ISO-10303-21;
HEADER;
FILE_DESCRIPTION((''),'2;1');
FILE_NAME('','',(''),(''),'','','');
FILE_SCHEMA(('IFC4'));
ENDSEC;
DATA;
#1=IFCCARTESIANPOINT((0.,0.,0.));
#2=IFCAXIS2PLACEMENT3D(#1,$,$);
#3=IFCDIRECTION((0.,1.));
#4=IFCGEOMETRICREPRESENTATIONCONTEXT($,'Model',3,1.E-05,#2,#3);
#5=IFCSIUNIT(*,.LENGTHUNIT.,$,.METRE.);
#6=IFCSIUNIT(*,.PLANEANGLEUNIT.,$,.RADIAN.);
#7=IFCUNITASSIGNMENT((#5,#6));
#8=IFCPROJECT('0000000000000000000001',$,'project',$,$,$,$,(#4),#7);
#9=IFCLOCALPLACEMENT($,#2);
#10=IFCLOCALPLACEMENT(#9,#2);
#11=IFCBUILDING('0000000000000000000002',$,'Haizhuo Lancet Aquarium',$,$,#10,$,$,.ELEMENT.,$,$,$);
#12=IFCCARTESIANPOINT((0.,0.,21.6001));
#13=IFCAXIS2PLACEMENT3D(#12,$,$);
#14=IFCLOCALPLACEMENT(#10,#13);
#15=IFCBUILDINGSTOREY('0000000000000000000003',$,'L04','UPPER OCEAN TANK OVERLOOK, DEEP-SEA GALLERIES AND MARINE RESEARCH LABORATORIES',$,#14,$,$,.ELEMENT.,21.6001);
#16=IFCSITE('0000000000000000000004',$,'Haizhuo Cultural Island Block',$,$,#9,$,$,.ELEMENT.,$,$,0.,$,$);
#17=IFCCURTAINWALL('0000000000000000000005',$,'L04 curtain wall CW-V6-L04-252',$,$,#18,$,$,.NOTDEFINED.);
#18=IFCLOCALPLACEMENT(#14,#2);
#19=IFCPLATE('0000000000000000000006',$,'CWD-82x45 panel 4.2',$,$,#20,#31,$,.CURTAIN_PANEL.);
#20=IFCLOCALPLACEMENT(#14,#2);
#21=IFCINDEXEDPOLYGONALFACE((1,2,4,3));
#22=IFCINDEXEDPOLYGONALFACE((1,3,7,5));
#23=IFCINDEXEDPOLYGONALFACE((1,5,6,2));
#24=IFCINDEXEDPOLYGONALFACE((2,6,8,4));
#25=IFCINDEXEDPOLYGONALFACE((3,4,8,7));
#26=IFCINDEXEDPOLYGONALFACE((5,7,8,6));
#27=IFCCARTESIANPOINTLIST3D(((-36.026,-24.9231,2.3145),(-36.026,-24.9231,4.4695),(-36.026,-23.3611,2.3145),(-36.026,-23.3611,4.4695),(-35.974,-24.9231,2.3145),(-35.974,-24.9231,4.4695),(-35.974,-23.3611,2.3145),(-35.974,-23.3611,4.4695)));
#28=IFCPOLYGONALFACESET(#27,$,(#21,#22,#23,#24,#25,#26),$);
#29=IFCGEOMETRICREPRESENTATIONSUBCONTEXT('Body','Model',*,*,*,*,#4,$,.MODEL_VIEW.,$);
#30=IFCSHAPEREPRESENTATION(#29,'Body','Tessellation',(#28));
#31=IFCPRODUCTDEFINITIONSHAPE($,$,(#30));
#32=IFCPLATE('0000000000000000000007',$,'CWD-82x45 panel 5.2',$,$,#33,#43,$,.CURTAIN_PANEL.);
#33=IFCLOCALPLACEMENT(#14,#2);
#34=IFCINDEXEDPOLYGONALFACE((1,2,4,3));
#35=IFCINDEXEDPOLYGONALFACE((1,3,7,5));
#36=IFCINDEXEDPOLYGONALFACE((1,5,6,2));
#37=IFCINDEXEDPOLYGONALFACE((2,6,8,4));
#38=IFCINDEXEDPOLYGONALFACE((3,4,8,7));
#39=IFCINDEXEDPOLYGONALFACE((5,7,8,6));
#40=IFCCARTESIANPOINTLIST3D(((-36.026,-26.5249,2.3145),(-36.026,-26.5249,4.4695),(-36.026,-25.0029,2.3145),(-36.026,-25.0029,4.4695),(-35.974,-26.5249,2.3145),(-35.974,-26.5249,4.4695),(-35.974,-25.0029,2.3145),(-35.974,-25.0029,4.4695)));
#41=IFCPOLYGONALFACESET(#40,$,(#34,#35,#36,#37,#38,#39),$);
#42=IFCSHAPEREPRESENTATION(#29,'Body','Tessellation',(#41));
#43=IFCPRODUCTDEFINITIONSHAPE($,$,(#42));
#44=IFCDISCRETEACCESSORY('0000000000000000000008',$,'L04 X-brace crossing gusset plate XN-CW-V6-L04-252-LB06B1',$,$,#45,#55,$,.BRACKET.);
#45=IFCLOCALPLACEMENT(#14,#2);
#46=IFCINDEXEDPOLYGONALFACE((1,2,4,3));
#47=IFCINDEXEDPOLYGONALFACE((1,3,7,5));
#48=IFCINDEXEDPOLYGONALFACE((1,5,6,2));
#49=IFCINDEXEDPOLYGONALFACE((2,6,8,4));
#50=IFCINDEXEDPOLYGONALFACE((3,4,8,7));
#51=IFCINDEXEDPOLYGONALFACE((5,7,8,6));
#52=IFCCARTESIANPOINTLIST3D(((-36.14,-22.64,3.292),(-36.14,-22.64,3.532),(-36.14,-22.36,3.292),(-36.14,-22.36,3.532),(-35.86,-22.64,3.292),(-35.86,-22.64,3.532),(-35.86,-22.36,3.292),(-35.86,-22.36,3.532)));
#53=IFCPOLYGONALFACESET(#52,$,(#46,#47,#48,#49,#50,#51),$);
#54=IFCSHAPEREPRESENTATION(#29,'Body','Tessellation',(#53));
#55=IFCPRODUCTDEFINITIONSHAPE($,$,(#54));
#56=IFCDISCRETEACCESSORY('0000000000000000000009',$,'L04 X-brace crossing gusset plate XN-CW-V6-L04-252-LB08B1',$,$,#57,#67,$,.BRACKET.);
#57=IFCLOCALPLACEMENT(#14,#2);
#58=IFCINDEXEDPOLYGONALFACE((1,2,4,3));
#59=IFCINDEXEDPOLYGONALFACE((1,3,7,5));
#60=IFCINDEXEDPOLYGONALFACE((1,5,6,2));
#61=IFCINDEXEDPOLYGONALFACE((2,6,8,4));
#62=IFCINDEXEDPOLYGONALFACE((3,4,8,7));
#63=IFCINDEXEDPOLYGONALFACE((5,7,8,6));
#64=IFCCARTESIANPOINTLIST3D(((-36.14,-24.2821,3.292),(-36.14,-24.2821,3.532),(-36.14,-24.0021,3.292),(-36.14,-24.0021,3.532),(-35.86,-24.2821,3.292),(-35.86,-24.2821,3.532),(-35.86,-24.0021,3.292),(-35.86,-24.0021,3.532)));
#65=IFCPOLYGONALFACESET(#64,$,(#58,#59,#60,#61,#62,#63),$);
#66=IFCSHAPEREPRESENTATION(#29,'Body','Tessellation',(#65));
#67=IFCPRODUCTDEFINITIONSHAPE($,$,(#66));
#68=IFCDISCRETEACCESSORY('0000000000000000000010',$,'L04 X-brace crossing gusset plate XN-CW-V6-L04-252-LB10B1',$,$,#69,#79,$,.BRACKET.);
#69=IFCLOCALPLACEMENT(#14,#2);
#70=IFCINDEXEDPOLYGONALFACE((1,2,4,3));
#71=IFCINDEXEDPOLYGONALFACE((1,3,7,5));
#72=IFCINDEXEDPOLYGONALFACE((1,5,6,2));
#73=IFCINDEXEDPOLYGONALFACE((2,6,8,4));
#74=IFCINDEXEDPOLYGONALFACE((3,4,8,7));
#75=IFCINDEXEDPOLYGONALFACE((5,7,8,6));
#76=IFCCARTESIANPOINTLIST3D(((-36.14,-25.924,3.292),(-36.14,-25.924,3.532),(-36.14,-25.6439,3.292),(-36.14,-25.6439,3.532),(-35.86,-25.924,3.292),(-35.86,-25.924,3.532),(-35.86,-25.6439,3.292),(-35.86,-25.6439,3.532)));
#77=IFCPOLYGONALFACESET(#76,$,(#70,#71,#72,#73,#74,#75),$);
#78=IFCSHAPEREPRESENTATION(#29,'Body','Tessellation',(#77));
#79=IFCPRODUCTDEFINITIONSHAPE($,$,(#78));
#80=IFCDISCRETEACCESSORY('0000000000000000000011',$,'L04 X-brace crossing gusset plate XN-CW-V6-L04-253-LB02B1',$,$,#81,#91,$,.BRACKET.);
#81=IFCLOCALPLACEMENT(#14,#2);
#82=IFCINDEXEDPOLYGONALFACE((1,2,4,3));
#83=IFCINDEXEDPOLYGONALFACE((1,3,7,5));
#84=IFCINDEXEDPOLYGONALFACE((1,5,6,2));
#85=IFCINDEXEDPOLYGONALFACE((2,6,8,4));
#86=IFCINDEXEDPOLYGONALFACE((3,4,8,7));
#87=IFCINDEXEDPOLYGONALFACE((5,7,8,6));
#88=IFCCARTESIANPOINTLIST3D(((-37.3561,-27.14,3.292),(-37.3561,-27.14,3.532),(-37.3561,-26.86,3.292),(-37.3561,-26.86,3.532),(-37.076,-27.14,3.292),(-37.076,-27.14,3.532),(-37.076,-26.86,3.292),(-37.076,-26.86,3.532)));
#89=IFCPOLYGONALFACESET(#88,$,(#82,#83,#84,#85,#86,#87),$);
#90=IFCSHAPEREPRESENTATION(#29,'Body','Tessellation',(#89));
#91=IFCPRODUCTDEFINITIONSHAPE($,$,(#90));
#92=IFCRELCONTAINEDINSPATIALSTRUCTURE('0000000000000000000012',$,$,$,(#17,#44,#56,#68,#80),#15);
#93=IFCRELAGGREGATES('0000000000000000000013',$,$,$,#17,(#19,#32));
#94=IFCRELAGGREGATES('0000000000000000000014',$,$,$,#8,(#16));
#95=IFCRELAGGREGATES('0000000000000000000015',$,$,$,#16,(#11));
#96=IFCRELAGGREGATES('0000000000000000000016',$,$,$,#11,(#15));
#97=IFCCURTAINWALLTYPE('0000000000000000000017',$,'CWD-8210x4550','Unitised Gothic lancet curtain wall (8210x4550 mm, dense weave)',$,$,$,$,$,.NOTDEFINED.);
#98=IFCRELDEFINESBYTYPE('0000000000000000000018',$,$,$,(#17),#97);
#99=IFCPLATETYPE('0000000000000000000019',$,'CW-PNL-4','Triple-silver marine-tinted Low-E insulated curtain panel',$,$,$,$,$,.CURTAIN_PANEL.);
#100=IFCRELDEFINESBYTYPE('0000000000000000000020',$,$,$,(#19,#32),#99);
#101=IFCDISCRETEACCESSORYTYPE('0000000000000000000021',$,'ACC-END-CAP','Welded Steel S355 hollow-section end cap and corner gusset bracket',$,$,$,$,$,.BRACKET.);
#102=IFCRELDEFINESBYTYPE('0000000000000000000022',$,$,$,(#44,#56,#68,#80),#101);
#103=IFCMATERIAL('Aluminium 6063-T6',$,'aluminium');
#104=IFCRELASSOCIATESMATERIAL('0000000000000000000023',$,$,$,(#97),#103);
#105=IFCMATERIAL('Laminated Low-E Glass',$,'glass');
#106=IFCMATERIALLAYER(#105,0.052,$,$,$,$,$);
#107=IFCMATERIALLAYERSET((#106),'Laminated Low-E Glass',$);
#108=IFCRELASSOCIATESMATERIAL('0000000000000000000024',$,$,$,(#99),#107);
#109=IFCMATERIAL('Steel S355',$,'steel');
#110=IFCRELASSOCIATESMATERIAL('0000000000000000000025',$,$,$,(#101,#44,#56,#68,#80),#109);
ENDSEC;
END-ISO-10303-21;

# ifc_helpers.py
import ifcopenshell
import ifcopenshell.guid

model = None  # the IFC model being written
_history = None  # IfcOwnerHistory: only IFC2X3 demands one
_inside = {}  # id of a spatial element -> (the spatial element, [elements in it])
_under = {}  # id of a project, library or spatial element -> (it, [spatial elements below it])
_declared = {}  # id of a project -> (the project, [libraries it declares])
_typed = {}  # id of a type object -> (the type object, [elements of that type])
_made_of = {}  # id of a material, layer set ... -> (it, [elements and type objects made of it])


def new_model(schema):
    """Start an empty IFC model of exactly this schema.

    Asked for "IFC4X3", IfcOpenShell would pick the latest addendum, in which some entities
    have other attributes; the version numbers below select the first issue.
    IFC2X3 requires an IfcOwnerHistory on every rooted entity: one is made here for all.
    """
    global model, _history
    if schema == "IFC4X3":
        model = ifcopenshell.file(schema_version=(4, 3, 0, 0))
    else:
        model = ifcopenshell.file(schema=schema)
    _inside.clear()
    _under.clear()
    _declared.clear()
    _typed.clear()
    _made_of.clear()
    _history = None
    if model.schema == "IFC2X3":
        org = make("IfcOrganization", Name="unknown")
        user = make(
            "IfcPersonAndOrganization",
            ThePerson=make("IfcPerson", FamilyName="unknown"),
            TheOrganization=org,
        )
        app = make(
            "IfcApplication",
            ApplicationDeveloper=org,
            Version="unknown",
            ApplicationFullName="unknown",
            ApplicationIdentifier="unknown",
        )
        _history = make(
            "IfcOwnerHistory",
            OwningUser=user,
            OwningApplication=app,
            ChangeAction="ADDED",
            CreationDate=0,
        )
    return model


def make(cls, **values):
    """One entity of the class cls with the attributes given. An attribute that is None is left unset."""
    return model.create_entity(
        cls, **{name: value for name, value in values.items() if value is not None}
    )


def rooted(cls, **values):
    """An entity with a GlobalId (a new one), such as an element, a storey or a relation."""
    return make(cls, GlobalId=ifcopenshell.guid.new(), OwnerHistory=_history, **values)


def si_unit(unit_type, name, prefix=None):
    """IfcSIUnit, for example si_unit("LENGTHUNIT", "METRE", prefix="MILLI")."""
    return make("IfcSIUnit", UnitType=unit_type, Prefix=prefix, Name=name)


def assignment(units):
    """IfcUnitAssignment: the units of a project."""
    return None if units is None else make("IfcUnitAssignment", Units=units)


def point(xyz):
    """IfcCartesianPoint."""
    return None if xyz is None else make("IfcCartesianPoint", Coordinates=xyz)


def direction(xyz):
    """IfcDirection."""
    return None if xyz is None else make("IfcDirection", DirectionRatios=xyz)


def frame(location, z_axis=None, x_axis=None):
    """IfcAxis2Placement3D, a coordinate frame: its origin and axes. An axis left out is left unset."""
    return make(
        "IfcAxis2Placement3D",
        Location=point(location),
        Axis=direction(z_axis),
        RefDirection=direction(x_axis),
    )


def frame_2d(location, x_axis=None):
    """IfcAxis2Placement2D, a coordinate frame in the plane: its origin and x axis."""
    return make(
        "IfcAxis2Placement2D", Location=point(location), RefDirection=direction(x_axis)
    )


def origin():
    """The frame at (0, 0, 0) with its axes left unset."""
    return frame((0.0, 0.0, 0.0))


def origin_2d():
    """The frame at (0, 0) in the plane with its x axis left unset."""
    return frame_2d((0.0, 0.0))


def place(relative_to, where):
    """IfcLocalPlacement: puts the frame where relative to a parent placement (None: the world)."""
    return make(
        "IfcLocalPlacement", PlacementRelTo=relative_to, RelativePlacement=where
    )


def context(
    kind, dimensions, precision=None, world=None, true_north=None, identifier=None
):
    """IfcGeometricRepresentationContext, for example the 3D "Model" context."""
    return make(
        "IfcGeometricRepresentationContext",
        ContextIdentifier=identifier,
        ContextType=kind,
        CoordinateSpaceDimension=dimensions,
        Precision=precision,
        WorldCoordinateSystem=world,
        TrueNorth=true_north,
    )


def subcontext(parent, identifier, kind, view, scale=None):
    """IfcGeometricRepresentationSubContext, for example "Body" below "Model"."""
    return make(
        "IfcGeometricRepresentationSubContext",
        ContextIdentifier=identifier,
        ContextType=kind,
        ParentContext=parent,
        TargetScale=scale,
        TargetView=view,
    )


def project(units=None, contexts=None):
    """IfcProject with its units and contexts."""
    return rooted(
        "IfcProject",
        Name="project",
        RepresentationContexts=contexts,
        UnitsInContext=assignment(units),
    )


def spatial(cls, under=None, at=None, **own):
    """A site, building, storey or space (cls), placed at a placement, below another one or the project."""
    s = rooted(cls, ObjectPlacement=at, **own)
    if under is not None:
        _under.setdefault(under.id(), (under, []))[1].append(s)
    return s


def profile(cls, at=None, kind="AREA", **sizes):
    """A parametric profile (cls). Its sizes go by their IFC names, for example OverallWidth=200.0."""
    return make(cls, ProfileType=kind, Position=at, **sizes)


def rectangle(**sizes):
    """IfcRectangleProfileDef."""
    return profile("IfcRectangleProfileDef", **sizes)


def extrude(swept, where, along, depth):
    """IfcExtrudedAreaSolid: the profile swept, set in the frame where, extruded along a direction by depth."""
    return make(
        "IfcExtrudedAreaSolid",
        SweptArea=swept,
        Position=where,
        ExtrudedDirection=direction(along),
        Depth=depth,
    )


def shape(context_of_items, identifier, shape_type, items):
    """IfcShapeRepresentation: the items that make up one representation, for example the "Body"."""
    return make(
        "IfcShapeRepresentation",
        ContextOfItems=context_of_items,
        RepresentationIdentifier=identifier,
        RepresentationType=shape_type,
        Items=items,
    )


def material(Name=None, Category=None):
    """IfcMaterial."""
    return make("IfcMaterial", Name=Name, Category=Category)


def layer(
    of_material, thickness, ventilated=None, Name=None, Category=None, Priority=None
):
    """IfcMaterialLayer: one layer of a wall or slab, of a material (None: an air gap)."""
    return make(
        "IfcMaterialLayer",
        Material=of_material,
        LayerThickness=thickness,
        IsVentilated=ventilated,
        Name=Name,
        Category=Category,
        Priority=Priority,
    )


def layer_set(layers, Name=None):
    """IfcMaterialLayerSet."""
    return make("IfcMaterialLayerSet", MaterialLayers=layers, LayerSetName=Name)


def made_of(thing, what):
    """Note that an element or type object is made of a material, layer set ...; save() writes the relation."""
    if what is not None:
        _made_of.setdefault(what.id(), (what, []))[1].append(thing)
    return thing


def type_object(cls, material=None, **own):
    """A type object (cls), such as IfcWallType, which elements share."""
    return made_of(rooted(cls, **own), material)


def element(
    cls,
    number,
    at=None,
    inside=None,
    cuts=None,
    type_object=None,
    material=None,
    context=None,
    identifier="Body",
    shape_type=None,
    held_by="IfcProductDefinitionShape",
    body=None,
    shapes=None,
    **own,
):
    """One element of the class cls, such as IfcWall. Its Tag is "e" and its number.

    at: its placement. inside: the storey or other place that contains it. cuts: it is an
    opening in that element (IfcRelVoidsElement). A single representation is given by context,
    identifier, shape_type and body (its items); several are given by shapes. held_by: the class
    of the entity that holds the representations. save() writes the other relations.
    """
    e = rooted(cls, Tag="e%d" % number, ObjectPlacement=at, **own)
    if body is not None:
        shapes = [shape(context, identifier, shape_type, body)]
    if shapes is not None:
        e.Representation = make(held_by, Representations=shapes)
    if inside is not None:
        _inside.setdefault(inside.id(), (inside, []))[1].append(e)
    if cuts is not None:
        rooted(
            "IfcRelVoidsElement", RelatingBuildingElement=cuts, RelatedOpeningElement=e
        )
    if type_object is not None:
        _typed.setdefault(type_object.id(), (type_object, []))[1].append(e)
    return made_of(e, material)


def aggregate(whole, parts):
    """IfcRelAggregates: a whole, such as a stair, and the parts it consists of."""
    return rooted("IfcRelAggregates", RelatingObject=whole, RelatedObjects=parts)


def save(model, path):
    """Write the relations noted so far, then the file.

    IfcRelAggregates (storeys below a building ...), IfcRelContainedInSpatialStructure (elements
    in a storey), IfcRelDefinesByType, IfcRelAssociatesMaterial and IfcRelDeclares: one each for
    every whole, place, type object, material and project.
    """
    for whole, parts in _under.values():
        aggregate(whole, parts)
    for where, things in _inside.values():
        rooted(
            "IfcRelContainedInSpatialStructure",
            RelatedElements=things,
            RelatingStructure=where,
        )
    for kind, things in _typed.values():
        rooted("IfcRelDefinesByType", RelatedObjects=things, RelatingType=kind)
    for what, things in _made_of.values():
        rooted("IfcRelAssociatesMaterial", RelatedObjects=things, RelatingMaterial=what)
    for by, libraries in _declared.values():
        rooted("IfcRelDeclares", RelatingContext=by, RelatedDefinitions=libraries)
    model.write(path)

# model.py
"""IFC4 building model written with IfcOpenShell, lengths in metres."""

from ifc_helpers import new_model, si_unit, direction, frame, origin, origin_2d, place, context, subcontext, project, spatial, rectangle, extrude, material, layer, layer_set, type_object, element, aggregate, save


model = new_model("IFC4")

# Units and contexts
model_context = context("Model", 3, precision=1e-05, world=origin(), true_north=direction((0.0, 1.0)))
body_context = subcontext(model_context, "Body", "Model", "MODEL_VIEW")
ifc_project = project(units=[si_unit("LENGTHUNIT", "METRE"), si_unit("PLANEANGLEUNIT", "RADIAN")], contexts=[model_context])

# Site, building, storey
site_placement = place(None, origin())
site = spatial("IfcSite", under=ifc_project, at=site_placement, Name="Haizhuo Cultural Island Block", CompositionType="ELEMENT", RefElevation=0.0)
building_placement = place(site_placement, origin())
building = spatial("IfcBuilding", under=site, at=building_placement, Name="Haizhuo Lancet Aquarium", CompositionType="ELEMENT")
storey_placement = place(building_placement, frame((0.0, 0.0, 21.6001)))
storey = spatial("IfcBuildingStorey", under=building, at=storey_placement, Name="L04", Description="UPPER OCEAN TANK OVERLOOK, DEEP-SEA GALLERIES AND MARINE RESEARCH LABORATORIES", CompositionType="ELEMENT", Elevation=21.6001)

# Shared definitions
ifc_material_1 = material(Name="Steel S355", Category="steel")

# Curtain wall
ifc_material_2 = material(Name="Aluminium 6063-T6", Category="aluminium")
curtain_wall_type = type_object("IfcCurtainWallType", Name="CWD-8210x4550", Description="Unitised Gothic lancet curtain wall (8210x4550 mm, dense weave)", PredefinedType="NOTDEFINED", material=ifc_material_2)
curtain_wall_1_placement = place(storey_placement, origin())
curtain_wall_1 = element("IfcCurtainWall", 1, at=curtain_wall_1_placement, inside=storey, type_object=curtain_wall_type, Name="L04 curtain wall CW-V6-L04-252", PredefinedType="NOTDEFINED")

# Plates
ifc_material_3 = material(Name="Laminated Low-E Glass", Category="glass")
ifc_layer_1 = layer(ifc_material_3, 0.052)
ifc_layer_set_1 = layer_set([ifc_layer_1], Name="Laminated Low-E Glass")
plate_type_1 = type_object("IfcPlateType", Name="CW-PNL-4", Description="Triple-silver marine-tinted Low-E insulated curtain panel", PredefinedType="CURTAIN_PANEL", material=ifc_layer_set_1)
plate_1_placement = place(storey_placement, frame((-36.0, -24.1421, 2.3145), z_axis=(0.0, 0.0, 1.0), x_axis=(0.0, -1.0, 0.0)))
plate_1 = element("IfcPlate", 2, at=plate_1_placement, type_object=plate_type_1, Name="CWD-82x45 panel 4.2", PredefinedType="CURTAIN_PANEL", context=body_context, shape_type="SweptSolid", body=[
    extrude(rectangle(XDim=1.562, YDim=0.052, at=origin_2d()), origin(), (0.0, 0.0, 1.0), 2.155),
])
plate_2_placement = place(storey_placement, frame((-36.0, -25.7639, 2.3145), z_axis=(0.0, 0.0, 1.0), x_axis=(0.0, -1.0, 0.0)))
plate_2 = element("IfcPlate", 3, at=plate_2_placement, type_object=plate_type_1, Name="CWD-82x45 panel 5.2", PredefinedType="CURTAIN_PANEL", context=body_context, shape_type="SweptSolid", body=[
    extrude(rectangle(XDim=1.522, YDim=0.052, at=origin_2d()), origin(), (0.0, 0.0, 1.0), 2.155),
])
aggregate(curtain_wall_1, [plate_1, plate_2])

# Discrete accessories
discrete_accessory_type = type_object("IfcDiscreteAccessoryType", Name="ACC-END-CAP", Description="Welded Steel S355 hollow-section end cap and corner gusset bracket", PredefinedType="BRACKET", material=ifc_material_1)
for number, where, z_axis, x_axis, name in (
    (4, (-36.0, -22.5, 3.292), (0.0, 0.0, 1.0), (1.0, 0.0, 0.0), "L04 X-brace crossing gusset plate XN-CW-V6-L04-252-LB06B1"),
    (5, (-36.0, -24.1421, 3.292), (0.0, 0.0, 1.0), (1.0, 0.0, 0.0), "L04 X-brace crossing gusset plate XN-CW-V6-L04-252-LB08B1"),
    (6, (-36.0, -25.7839, 3.292), (0.0, 0.0, 1.0), (1.0, 0.0, 0.0), "L04 X-brace crossing gusset plate XN-CW-V6-L04-252-LB10B1"),
    (7, (-37.2161, -27.0, 3.292), (0.0, 0.0, 1.0), (1.0, 0.0, 0.0), "L04 X-brace crossing gusset plate XN-CW-V6-L04-253-LB02B1"),
):
    element("IfcDiscreteAccessory", number, at=place(storey_placement, frame(where, z_axis=z_axis, x_axis=x_axis)), inside=storey, type_object=discrete_accessory_type, material=ifc_material_1, Name=name, PredefinedType="BRACKET", context=body_context, shape_type="SweptSolid", body=[
        extrude(rectangle(XDim=0.28, YDim=0.28, at=origin_2d()), origin(), (0.0, 0.0, 1.0), 0.24),
    ])

save(model, "model.ifc")
